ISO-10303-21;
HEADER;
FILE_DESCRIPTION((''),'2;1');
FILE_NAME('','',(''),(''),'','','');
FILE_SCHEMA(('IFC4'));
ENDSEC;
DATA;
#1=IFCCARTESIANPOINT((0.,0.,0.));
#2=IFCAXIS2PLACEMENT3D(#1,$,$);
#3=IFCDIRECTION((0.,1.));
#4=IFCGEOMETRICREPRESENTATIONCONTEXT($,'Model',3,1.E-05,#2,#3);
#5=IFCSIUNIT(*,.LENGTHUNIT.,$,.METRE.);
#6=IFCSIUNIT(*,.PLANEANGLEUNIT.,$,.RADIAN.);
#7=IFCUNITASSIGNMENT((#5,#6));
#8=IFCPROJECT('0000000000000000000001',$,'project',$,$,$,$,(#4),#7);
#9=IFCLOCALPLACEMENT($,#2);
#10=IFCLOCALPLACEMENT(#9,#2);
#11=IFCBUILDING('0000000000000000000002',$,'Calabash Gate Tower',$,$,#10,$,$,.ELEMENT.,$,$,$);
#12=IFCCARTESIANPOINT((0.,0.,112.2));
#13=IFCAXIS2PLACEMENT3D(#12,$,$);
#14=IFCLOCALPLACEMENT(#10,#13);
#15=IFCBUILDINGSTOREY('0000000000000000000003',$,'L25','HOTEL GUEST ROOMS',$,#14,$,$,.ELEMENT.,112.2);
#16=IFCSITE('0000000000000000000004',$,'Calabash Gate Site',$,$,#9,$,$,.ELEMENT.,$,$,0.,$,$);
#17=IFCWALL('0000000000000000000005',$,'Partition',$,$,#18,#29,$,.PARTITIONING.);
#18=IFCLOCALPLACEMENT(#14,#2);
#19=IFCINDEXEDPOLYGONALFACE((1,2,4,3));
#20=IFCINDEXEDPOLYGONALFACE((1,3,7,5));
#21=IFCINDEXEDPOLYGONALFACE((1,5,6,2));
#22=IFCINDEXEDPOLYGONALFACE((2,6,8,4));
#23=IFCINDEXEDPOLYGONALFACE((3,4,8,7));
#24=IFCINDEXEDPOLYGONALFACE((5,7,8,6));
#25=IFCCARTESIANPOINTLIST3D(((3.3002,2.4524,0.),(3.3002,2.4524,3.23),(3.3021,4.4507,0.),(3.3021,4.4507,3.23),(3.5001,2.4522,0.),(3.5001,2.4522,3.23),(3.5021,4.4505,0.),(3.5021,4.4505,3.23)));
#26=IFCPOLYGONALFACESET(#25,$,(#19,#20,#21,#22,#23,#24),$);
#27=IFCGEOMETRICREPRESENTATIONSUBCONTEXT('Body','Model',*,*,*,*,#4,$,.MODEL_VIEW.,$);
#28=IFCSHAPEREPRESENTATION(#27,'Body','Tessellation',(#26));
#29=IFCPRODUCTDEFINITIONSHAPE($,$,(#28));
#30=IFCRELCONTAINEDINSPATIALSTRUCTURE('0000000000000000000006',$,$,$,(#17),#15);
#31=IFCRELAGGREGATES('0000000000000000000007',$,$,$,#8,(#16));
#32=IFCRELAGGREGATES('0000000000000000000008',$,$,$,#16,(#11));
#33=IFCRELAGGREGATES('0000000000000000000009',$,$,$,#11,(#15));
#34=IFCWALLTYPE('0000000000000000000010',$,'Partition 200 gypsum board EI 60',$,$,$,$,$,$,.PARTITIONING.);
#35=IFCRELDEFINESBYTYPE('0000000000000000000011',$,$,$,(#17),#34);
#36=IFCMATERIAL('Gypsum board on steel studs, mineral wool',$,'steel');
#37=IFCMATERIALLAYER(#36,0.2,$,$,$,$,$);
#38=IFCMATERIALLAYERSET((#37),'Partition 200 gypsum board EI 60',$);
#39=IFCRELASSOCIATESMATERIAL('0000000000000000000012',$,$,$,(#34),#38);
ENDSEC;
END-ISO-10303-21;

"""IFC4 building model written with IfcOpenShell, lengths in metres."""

from ifc_helpers import new_model, si_unit, direction, frame, frame_2d, origin, place, context, subcontext, project, spatial, rectangle, extrude, material, layer, layer_set, type_object, element, save


model = new_model("IFC4")

# Units and contexts
model_context = context("Model", 3, precision=1e-05, world=origin(), true_north=direction((0.0, 1.0)))
body_context = subcontext(model_context, "Body", "Model", "MODEL_VIEW")
ifc_project = project(units=[si_unit("LENGTHUNIT", "METRE"), si_unit("PLANEANGLEUNIT", "RADIAN")], contexts=[model_context])

# Site, building, storey
site_placement = place(None, origin())
site = spatial("IfcSite", under=ifc_project, at=site_placement, Name="Calabash Gate Site", CompositionType="ELEMENT", RefElevation=0.0)
building_placement = place(site_placement, origin())
building = spatial("IfcBuilding", under=site, at=building_placement, Name="Calabash Gate Tower", CompositionType="ELEMENT")
storey_placement = place(building_placement, frame((0.0, 0.0, 112.2)))
storey = spatial("IfcBuildingStorey", under=building, at=storey_placement, Name="L25", Description="HOTEL GUEST ROOMS", CompositionType="ELEMENT", Elevation=112.2)

# Shared definitions
ifc_material_1 = material(Name="Gypsum board on steel studs, mineral wool", Category="steel")
ifc_layer_1 = layer(ifc_material_1, 0.2)
ifc_layer_set_1 = layer_set([ifc_layer_1], Name="Partition 200 gypsum board EI 60")
wall_type_1 = type_object("IfcWallType", Name="Partition 200 gypsum board EI 60", PredefinedType="PARTITIONING", material=ifc_layer_set_1)

# Wall
wall_1_placement = place(storey_placement, frame((3.4001, 2.4524, 0.0), z_axis=(0.0, 0.0, 1.0), x_axis=(0.000977, 1.0, 0.0)))
element("IfcWall", 1, at=wall_1_placement, inside=storey, type_object=wall_type_1, Name="Partition", PredefinedType="PARTITIONING", context=body_context, shape_type="SweptSolid", body=[
    extrude(rectangle(XDim=1.9983, YDim=0.2, at=frame_2d((0.999, 0.0))), origin(), (0.0, 0.0, 1.0), 3.23),
])

save(model, "model.ifc")
